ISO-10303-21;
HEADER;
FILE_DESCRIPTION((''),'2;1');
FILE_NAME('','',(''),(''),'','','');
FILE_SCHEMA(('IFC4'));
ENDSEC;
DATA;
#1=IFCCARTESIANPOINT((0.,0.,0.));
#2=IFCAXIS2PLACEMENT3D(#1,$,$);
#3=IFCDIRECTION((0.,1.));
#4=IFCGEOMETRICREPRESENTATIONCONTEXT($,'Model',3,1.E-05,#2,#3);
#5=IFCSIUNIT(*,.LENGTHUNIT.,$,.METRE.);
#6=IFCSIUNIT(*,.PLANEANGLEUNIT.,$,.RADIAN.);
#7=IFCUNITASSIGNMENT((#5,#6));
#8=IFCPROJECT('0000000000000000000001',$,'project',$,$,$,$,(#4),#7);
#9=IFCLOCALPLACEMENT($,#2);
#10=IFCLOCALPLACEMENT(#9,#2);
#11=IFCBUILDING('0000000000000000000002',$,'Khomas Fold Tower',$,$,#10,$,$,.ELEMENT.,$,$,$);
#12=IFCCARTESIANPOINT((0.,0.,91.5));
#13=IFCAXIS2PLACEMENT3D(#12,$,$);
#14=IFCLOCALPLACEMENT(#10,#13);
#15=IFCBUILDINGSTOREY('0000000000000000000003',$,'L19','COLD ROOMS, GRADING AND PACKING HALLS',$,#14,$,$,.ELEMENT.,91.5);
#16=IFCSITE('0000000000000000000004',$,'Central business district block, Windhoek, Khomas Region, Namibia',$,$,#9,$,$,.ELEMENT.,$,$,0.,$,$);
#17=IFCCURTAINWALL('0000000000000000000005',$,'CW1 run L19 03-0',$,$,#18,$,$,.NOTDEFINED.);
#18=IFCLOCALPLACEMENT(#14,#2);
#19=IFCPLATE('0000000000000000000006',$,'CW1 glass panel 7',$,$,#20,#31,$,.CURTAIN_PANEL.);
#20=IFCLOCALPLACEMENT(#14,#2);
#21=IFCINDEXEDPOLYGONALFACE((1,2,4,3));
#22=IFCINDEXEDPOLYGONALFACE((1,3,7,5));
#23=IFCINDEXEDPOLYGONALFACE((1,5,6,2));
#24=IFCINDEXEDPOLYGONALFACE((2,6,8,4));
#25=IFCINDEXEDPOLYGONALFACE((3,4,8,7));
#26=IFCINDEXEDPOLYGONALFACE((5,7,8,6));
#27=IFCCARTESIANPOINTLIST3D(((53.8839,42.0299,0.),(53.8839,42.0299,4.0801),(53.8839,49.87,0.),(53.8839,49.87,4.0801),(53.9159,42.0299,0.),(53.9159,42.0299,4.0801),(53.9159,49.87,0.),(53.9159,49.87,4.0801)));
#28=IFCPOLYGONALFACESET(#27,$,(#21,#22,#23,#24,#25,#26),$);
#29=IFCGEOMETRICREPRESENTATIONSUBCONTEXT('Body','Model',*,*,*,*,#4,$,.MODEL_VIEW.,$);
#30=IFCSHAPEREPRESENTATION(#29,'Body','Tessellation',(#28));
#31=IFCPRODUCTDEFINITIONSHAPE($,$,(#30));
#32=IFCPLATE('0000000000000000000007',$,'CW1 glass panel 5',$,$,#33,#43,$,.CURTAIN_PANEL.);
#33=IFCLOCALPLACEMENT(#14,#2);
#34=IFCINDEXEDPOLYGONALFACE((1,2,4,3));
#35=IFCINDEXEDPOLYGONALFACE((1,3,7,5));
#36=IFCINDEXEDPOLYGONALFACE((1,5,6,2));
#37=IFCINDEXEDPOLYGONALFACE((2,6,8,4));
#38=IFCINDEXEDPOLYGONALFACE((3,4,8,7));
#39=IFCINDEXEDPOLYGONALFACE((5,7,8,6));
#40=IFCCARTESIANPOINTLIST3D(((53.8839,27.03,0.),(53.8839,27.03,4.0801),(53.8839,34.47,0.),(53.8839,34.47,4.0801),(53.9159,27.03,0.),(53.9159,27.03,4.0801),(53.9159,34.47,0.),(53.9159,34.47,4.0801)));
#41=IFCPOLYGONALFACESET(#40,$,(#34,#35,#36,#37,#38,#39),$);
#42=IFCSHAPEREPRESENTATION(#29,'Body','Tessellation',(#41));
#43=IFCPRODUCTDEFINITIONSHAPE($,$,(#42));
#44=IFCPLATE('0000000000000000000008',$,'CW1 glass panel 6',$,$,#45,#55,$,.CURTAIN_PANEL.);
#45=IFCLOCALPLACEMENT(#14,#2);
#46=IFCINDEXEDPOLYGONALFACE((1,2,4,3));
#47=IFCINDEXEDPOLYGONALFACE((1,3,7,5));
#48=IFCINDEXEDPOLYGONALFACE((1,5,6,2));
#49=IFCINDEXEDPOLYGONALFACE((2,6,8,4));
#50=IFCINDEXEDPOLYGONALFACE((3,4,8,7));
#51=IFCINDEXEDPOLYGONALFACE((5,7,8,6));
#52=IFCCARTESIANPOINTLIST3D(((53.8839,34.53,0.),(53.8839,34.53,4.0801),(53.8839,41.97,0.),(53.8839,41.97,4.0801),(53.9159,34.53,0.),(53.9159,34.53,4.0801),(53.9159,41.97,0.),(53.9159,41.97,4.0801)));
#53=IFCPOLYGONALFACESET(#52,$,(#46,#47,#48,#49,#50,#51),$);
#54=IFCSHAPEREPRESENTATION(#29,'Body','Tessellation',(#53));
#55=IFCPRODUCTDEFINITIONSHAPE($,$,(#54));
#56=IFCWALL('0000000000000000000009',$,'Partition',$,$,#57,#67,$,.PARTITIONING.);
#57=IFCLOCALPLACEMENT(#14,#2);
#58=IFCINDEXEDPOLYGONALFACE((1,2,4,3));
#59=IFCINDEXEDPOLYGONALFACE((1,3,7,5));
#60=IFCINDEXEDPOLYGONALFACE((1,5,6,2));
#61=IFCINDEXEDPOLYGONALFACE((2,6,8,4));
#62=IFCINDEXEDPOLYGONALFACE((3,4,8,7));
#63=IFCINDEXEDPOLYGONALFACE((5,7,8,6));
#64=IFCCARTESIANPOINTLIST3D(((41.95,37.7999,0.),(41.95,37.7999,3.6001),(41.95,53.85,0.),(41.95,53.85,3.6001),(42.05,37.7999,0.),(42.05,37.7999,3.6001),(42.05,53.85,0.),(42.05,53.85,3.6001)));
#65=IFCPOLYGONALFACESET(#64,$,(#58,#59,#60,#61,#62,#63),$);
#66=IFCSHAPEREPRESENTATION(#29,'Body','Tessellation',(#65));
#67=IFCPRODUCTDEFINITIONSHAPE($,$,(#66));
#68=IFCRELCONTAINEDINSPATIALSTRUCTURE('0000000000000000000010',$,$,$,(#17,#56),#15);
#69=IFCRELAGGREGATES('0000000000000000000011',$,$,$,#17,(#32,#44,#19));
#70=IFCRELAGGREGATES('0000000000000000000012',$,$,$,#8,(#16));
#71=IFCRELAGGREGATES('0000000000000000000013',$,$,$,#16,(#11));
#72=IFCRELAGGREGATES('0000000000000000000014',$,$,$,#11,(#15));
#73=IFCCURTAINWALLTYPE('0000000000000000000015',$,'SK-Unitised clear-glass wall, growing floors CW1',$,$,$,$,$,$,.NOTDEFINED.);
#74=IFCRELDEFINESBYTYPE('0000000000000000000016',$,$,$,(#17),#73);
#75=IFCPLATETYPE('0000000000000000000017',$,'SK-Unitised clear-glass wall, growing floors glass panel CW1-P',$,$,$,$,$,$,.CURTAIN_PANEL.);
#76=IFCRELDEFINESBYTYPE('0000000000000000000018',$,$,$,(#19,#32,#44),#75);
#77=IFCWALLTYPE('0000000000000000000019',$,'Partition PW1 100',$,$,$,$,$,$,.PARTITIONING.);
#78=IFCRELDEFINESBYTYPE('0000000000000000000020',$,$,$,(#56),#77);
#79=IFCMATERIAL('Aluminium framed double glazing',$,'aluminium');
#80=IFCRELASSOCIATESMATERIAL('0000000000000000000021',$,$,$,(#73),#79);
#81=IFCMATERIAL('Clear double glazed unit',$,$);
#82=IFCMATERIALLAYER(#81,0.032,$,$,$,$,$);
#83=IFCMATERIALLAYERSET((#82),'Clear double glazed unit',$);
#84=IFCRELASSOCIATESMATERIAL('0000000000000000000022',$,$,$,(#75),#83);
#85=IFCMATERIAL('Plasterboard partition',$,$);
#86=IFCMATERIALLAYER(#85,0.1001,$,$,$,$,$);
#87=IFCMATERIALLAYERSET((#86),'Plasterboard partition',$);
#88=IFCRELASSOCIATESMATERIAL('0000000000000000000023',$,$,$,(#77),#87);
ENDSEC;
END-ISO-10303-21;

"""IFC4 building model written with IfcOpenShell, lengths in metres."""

from ifc_helpers import new_model, si_unit, direction, frame, frame_2d, origin, origin_2d, place, context, subcontext, project, spatial, rectangle, extrude, source, transform, mapped, material, layer, layer_set, type_object, element, aggregate, save


model = new_model("IFC4")

# Units and contexts
model_context = context("Model", 3, precision=1e-05, world=origin(), true_north=direction((0.0, 1.0)))
body_context = subcontext(model_context, "Body", "Model", "MODEL_VIEW")
ifc_project = project(units=[si_unit("LENGTHUNIT", "METRE"), si_unit("PLANEANGLEUNIT", "RADIAN")], contexts=[model_context])

# Site, building, storey
site_placement = place(None, origin())
site = spatial("IfcSite", under=ifc_project, at=site_placement, Name="Central business district block, Windhoek, Khomas Region, Namibia", CompositionType="ELEMENT", RefElevation=0.0)
building_placement = place(site_placement, origin())
building = spatial("IfcBuilding", under=site, at=building_placement, Name="Khomas Fold Tower", CompositionType="ELEMENT")
storey_placement = place(building_placement, frame((0.0, 0.0, 91.5)))
storey = spatial("IfcBuildingStorey", under=building, at=storey_placement, Name="L19", Description="COLD ROOMS, GRADING AND PACKING HALLS", CompositionType="ELEMENT", Elevation=91.5)

# Curtain wall, plates
ifc_material_1 = material(Name="Aluminium framed double glazing", Category="aluminium")
curtain_wall_type = type_object("IfcCurtainWallType", Name="SK-Unitised clear-glass wall, growing floors CW1", PredefinedType="NOTDEFINED", material=ifc_material_1)
curtain_wall_placement = place(storey_placement, origin())
curtain_wall = element("IfcCurtainWall", 1, at=curtain_wall_placement, inside=storey, type_object=curtain_wall_type, Name="CW1 run L19 03-0", PredefinedType="NOTDEFINED")
ifc_material_2 = material(Name="Clear double glazed unit")
ifc_layer_1 = layer(ifc_material_2, 0.032)
ifc_layer_set_1 = layer_set([ifc_layer_1], Name="Clear double glazed unit")
plate_type = type_object("IfcPlateType", Name="SK-Unitised clear-glass wall, growing floors glass panel CW1-P", PredefinedType="CURTAIN_PANEL", material=ifc_layer_set_1)
shared_shape_1 = source(origin(), body_context, "Body", "SweptSolid", [
    extrude(rectangle(XDim=7.8401, YDim=0.032, at=origin_2d()), origin(), (0.0, 0.0, 1.0), 4.0801),
])
plate_1_placement = place(storey_placement, frame((53.8999, 45.95, 0.0), z_axis=(0.0, 0.0, 1.0), x_axis=(0.0, 1.0, 0.0)))
plate_1 = element("IfcPlate", 2, at=plate_1_placement, type_object=plate_type, Name="CW1 glass panel 7", PredefinedType="CURTAIN_PANEL", context=body_context, shape_type="MappedRepresentation", body=[
    mapped(shared_shape_1, transform((0.0, 0.0, 0.0))),
])
shared_shape_2 = source(origin(), body_context, "Body", "SweptSolid", [
    extrude(rectangle(XDim=7.4399, YDim=0.032, at=origin_2d()), origin(), (0.0, 0.0, 1.0), 4.0801),
])
plate_2_placement = place(storey_placement, frame((53.8999, 30.75, 0.0), z_axis=(0.0, 0.0, 1.0), x_axis=(0.0, 1.0, 0.0)))
plate_2 = element("IfcPlate", 3, at=plate_2_placement, type_object=plate_type, Name="CW1 glass panel 5", PredefinedType="CURTAIN_PANEL", context=body_context, shape_type="MappedRepresentation", body=[
    mapped(shared_shape_2, transform((0.0, 0.0, 0.0))),
])
plate_3_placement = place(storey_placement, frame((53.8999, 38.25, 0.0), z_axis=(0.0, 0.0, 1.0), x_axis=(0.0, 1.0, 0.0)))
plate_3 = element("IfcPlate", 4, at=plate_3_placement, type_object=plate_type, Name="CW1 glass panel 6", PredefinedType="CURTAIN_PANEL", context=body_context, shape_type="MappedRepresentation", body=[
    mapped(shared_shape_2, transform((0.0, 0.0, 0.0))),
])
aggregate(curtain_wall, [plate_2, plate_3, plate_1])

# Wall
ifc_material_3 = material(Name="Plasterboard partition")
ifc_layer_2 = layer(ifc_material_3, 0.1001)
ifc_layer_set_2 = layer_set([ifc_layer_2], Name="Plasterboard partition")
wall_type = type_object("IfcWallType", Name="Partition PW1 100", PredefinedType="PARTITIONING", material=ifc_layer_set_2)
shared_shape_3 = source(origin(), body_context, "Body", "SweptSolid", [
    extrude(rectangle(XDim=16.05, YDim=0.1001, at=frame_2d((8.0249, 0.0))), origin(), (0.0, 0.0, 1.0), 3.6001),
])
wall_placement = place(storey_placement, frame((42.0, 37.8, 0.0), z_axis=(0.0, 0.0, 1.0), x_axis=(0.0, 1.0, 0.0)))
element("IfcWall", 5, at=wall_placement, inside=storey, type_object=wall_type, Name="Partition", PredefinedType="PARTITIONING", context=body_context, shape_type="MappedRepresentation", body=[
    mapped(shared_shape_3, transform((0.0, 0.0, 0.0))),
])

save(model, "model.ifc")
